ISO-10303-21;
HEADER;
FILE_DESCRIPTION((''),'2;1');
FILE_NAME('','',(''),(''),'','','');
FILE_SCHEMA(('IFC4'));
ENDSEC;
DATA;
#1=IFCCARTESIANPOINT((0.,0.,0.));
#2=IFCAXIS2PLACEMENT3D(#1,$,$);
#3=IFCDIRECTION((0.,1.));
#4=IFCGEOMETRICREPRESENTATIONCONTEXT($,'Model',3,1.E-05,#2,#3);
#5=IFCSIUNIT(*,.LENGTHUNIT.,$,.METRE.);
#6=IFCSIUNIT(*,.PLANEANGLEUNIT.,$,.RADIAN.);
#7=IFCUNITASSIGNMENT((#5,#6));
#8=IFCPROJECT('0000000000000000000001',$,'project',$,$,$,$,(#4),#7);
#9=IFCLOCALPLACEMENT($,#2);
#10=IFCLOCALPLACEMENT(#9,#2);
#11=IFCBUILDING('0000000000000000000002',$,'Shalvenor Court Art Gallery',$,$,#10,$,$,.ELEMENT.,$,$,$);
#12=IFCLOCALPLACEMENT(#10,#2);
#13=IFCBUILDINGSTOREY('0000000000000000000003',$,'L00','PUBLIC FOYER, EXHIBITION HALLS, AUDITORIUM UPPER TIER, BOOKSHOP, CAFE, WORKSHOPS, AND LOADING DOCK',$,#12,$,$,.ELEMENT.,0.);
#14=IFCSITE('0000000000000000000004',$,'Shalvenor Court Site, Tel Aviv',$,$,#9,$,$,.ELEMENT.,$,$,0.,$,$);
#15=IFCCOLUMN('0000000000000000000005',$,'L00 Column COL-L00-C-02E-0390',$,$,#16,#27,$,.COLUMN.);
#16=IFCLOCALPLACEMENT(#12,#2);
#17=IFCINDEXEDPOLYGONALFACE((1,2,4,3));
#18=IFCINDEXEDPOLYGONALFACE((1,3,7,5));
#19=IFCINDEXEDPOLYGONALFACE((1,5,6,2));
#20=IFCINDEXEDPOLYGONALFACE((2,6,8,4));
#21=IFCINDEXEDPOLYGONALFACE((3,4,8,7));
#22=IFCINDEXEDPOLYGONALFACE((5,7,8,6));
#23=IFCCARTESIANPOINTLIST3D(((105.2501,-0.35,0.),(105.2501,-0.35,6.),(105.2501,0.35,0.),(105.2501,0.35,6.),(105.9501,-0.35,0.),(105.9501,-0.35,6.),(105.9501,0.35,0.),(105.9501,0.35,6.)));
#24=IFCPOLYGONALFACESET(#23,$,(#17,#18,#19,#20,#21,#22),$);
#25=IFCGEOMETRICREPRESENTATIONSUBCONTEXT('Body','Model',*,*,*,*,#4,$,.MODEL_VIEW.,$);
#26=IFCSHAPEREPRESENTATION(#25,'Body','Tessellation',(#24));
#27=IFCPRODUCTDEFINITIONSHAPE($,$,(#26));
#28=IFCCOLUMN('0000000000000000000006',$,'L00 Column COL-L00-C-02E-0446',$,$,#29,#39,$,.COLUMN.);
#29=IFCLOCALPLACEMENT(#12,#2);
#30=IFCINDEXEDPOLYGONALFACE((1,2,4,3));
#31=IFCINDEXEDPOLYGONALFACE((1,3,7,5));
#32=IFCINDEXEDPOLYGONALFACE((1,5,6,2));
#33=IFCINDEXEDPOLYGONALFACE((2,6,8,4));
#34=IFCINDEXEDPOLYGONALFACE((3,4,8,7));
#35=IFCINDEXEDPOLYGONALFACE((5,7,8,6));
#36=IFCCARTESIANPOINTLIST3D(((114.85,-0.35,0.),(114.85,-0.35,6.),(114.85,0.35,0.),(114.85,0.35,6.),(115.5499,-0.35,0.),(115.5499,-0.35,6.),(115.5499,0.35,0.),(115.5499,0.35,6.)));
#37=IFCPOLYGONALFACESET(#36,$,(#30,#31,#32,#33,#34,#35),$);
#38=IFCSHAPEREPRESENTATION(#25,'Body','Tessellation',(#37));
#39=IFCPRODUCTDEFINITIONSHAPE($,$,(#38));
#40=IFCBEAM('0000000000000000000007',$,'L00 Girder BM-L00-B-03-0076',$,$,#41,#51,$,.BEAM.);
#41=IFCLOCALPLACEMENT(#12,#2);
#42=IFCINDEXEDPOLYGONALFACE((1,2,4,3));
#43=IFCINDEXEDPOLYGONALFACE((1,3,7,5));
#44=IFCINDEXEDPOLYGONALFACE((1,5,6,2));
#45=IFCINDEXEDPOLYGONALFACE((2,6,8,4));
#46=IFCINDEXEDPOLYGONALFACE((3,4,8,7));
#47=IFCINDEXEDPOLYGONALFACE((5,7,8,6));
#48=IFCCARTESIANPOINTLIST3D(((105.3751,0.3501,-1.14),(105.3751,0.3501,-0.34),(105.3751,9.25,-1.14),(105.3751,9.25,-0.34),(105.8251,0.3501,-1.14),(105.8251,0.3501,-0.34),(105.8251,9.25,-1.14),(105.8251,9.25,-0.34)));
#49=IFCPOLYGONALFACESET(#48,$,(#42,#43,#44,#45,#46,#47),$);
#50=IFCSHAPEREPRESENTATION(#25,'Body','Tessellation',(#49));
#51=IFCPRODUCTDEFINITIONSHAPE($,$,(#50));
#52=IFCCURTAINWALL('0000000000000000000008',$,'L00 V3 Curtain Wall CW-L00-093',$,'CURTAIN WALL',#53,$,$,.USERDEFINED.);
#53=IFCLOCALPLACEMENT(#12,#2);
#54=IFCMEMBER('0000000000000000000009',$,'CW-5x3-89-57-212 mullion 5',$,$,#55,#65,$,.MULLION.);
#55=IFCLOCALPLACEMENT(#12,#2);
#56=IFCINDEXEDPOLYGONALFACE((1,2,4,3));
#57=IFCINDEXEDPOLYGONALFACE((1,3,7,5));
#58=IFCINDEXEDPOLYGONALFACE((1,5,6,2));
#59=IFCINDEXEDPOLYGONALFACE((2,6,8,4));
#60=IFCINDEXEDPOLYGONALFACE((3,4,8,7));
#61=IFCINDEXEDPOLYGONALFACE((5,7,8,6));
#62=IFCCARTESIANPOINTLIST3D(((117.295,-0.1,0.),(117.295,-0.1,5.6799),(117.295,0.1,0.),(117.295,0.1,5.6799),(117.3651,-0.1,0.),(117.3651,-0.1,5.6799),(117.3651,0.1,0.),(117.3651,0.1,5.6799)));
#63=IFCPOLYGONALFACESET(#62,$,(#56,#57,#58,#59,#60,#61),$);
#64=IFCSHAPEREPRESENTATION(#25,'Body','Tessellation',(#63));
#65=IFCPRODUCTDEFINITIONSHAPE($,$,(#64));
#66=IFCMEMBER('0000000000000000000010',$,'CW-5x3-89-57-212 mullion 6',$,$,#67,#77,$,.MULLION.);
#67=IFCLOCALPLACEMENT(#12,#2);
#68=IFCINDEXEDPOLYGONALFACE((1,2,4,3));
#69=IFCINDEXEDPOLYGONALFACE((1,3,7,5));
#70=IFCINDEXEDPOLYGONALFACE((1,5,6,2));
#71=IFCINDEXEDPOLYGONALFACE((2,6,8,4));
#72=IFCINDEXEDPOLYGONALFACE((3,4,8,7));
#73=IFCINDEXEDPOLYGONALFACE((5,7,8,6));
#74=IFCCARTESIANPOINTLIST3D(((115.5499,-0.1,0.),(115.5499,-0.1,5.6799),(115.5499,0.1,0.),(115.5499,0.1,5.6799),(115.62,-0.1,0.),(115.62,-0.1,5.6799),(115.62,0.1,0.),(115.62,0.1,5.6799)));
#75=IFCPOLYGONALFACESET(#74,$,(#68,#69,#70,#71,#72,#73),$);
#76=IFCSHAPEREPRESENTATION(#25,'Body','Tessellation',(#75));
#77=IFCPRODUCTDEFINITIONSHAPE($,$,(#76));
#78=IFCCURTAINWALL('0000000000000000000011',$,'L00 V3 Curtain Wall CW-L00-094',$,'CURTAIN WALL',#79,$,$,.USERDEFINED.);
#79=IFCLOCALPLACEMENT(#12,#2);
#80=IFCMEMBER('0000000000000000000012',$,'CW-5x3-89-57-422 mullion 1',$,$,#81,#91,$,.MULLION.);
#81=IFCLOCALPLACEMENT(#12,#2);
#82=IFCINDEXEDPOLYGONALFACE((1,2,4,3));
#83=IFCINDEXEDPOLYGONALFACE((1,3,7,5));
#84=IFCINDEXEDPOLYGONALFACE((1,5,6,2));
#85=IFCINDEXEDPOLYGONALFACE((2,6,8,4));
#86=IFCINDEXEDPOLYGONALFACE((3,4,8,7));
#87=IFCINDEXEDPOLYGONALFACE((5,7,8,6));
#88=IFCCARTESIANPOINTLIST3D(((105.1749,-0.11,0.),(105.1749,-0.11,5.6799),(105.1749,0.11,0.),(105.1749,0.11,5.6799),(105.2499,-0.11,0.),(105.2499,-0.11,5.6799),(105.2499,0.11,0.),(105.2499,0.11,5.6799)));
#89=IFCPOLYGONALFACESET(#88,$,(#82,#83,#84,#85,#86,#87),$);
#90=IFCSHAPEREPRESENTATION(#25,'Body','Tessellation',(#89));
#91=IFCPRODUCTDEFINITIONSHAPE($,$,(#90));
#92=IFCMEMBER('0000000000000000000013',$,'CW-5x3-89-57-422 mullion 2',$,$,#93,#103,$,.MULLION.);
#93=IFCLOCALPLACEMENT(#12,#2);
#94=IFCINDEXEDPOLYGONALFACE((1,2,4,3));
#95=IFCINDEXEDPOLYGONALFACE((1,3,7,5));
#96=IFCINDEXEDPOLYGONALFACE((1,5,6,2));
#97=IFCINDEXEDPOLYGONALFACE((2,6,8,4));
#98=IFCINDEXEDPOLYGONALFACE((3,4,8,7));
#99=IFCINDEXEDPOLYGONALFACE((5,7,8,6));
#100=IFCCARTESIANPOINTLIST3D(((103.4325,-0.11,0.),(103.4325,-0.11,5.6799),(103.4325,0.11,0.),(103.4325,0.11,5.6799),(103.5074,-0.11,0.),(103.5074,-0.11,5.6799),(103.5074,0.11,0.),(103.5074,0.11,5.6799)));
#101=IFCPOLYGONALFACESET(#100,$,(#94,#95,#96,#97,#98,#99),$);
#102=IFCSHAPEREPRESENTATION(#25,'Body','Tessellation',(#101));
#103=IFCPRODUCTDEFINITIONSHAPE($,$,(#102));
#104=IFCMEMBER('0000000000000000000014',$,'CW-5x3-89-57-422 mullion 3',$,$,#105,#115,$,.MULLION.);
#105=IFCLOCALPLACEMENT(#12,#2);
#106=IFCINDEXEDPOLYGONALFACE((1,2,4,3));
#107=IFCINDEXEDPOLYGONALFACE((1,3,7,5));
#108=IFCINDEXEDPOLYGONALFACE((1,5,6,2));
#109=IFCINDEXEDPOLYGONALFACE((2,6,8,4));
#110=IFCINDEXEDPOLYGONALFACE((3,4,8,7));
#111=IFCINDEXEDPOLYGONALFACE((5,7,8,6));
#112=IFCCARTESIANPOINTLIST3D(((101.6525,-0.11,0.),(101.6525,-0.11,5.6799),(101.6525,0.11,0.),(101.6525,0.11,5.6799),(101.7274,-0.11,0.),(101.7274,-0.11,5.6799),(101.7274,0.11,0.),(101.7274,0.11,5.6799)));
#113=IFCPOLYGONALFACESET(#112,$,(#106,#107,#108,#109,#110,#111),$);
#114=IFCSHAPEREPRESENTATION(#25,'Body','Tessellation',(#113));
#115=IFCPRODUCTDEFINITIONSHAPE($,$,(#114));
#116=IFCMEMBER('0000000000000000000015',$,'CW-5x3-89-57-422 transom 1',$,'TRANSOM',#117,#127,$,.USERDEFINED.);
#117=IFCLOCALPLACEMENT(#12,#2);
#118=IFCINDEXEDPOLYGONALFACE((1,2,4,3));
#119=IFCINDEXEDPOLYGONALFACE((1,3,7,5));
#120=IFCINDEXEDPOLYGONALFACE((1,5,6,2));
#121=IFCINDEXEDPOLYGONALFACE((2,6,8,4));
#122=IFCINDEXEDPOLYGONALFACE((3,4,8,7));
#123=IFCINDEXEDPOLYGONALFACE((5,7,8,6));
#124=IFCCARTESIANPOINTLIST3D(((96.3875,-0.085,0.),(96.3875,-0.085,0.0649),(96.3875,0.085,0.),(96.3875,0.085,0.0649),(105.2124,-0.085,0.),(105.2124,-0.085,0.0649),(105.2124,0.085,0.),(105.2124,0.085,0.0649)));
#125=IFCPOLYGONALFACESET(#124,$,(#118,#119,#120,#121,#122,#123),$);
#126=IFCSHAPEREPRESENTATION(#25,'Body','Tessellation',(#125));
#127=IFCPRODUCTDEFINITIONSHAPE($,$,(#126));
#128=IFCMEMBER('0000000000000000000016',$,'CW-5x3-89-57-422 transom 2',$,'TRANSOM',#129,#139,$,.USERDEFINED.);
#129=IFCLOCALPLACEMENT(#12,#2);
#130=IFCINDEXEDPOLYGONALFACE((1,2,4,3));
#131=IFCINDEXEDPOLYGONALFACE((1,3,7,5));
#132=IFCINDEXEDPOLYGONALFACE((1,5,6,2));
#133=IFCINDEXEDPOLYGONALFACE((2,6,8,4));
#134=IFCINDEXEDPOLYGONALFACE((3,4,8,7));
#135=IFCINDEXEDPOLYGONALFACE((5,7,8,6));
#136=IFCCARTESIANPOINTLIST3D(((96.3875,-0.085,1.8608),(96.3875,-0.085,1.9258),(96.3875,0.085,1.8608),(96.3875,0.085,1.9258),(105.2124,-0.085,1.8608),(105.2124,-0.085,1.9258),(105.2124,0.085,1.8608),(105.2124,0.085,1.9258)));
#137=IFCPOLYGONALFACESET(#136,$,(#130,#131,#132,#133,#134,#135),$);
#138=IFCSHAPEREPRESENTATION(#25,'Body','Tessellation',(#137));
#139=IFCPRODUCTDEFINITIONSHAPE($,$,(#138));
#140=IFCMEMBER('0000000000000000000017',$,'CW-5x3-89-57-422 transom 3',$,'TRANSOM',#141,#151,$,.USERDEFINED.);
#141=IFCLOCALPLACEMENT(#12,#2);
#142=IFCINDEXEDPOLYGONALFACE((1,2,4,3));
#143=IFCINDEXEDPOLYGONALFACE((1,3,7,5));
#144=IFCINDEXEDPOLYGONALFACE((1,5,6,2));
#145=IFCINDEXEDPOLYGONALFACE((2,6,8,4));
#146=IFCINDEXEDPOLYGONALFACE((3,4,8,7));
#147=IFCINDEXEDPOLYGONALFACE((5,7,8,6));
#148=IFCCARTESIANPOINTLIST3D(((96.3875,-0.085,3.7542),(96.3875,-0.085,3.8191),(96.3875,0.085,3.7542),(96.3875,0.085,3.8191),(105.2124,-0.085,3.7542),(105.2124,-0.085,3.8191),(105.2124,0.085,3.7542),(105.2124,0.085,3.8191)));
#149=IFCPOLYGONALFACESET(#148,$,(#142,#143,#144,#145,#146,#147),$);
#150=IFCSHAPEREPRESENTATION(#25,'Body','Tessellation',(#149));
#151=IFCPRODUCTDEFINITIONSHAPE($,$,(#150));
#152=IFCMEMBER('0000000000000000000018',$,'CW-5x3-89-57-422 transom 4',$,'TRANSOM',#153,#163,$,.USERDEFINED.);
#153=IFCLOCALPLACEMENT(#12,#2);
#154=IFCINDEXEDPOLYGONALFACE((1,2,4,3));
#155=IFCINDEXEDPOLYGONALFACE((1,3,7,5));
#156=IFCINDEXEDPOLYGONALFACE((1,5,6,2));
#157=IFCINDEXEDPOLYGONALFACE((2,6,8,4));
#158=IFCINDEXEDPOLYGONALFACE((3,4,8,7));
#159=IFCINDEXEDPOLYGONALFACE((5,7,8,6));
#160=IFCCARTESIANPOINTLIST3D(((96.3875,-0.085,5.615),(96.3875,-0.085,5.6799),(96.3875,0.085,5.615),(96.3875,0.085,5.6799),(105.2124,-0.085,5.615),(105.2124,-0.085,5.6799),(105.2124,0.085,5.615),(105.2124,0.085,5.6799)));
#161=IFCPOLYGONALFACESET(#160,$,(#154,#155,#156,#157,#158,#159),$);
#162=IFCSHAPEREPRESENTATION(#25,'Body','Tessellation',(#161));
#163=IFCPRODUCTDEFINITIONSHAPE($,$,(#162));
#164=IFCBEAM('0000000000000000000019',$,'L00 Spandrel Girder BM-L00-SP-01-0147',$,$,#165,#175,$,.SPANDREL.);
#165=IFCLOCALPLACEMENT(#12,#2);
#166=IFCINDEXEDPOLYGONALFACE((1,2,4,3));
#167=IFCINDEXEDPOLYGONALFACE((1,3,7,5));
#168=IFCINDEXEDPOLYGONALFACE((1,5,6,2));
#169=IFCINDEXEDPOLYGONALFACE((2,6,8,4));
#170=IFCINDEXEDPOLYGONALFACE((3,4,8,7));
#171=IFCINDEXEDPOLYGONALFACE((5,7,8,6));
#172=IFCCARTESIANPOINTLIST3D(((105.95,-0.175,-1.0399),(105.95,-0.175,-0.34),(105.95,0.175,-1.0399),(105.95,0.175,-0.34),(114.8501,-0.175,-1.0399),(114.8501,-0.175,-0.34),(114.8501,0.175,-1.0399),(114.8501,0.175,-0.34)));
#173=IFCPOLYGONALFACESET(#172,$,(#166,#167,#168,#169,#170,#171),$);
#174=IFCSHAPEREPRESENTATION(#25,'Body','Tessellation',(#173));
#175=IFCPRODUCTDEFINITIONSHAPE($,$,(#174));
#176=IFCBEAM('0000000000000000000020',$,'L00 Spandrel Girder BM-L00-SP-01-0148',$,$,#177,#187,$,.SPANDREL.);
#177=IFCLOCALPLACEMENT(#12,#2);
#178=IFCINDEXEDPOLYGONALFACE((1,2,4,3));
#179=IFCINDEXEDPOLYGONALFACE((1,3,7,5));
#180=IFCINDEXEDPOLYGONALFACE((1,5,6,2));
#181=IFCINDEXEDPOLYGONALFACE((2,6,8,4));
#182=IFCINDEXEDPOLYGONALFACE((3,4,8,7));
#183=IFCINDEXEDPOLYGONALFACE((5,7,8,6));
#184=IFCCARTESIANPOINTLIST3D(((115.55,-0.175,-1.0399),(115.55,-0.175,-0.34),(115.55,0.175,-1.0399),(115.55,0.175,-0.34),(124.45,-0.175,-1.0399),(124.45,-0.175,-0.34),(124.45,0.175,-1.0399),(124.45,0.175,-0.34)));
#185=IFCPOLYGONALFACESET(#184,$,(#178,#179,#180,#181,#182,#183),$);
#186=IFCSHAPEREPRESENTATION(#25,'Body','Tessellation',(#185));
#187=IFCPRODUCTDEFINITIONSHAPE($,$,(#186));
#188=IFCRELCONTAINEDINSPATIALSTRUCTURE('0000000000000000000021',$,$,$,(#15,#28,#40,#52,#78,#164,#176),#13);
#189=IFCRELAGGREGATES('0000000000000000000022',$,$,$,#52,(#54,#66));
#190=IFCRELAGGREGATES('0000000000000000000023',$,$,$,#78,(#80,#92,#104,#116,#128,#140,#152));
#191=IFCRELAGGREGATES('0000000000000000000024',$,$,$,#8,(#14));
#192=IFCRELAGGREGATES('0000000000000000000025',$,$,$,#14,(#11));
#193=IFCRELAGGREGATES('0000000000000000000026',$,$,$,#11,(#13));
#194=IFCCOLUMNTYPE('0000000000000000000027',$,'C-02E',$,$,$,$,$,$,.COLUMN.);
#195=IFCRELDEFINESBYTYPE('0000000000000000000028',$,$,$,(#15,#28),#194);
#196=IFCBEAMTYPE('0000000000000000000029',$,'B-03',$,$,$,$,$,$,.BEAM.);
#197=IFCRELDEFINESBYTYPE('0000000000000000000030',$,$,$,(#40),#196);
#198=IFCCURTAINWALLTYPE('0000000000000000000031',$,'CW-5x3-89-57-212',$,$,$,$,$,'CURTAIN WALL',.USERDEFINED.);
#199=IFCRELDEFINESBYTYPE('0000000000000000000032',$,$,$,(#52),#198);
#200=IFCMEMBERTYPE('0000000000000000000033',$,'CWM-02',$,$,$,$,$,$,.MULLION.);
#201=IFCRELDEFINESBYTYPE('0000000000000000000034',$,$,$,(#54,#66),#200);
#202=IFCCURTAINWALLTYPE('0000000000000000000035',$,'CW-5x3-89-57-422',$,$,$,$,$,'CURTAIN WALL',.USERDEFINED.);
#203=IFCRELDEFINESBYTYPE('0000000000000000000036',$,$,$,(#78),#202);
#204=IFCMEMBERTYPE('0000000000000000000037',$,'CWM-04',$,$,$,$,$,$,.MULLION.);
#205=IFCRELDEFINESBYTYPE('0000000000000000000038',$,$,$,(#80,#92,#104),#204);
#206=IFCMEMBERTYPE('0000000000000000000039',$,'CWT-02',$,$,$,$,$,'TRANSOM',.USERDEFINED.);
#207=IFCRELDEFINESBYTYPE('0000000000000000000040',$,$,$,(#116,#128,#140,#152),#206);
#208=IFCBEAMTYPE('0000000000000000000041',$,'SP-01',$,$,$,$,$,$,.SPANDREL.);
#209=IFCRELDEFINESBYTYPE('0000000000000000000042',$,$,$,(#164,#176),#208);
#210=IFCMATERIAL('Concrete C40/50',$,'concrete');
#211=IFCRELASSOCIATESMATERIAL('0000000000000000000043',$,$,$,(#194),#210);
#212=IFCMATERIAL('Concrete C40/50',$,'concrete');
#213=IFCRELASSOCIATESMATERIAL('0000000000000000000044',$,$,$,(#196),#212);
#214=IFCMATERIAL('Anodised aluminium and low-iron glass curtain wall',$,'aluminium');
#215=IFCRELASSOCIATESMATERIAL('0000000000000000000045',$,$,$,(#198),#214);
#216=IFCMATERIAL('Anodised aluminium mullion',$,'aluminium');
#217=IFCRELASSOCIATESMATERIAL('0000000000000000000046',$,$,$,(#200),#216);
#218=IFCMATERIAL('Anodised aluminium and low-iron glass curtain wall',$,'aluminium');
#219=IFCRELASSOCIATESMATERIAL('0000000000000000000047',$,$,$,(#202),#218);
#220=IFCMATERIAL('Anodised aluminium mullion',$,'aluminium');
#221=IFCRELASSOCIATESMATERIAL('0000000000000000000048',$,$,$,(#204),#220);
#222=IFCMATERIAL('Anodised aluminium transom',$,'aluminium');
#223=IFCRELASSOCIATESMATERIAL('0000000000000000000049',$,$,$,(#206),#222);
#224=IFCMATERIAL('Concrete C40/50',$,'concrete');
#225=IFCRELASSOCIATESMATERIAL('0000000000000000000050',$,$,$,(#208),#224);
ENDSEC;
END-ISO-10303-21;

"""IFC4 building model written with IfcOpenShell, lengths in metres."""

from ifc_helpers import new_model, si_unit, direction, frame, origin, origin_2d, place, context, subcontext, project, spatial, rectangle, extrude, material, material_profile, profile_set, type_object, element, aggregate, save


model = new_model("IFC4")

# Units and contexts
model_context = context("Model", 3, precision=1e-05, world=origin(), true_north=direction((0.0, 1.0)))
body_context = subcontext(model_context, "Body", "Model", "MODEL_VIEW")
ifc_project = project(units=[si_unit("LENGTHUNIT", "METRE"), si_unit("PLANEANGLEUNIT", "RADIAN")], contexts=[model_context])

# Site, building, storey
site_placement = place(None, origin())
site = spatial("IfcSite", under=ifc_project, at=site_placement, Name="Shalvenor Court Site, Tel Aviv", CompositionType="ELEMENT", RefElevation=0.0)
building_placement = place(site_placement, origin())
building = spatial("IfcBuilding", under=site, at=building_placement, Name="Shalvenor Court Art Gallery", CompositionType="ELEMENT")
storey_placement = place(building_placement, origin())
storey = spatial("IfcBuildingStorey", under=building, at=storey_placement, Name="L00", Description="PUBLIC FOYER, EXHIBITION HALLS, AUDITORIUM UPPER TIER, BOOKSHOP, CAFE, WORKSHOPS, AND LOADING DOCK", CompositionType="ELEMENT", Elevation=0.0)

# Columns
ifc_material_1 = material(Name="Concrete C40/50", Category="concrete")
ifc_material_profile_1 = material_profile(ifc_material_1, rectangle(XDim=0.7, YDim=0.7, at=origin_2d()), Name="RC 700x700")
ifc_profile_set_1 = profile_set([ifc_material_profile_1], Name="Concrete C40/50")
column_type = type_object("IfcColumnType", Name="C-02E", PredefinedType="COLUMN", material=ifc_profile_set_1)
for number, where, z_axis, x_axis, name in (
    (1, (105.6001, 0.0, 0.0), (0.0, 0.0, 1.0), (1.0, 0.0, 0.0), "L00 Column COL-L00-C-02E-0390"),
    (2, (115.2, 0.0, 0.0), (0.0, 0.0, 1.0), (1.0, 0.0, 0.0), "L00 Column COL-L00-C-02E-0446"),
):
    element("IfcColumn", number, at=place(storey_placement, frame(where, z_axis=z_axis, x_axis=x_axis)), inside=storey, type_object=column_type, Name=name, PredefinedType="COLUMN", context=body_context, shape_type="SweptSolid", body=[
        extrude(rectangle(XDim=0.7, YDim=0.7, at=origin_2d()), origin(), (0.0, 0.0, 1.0), 6.0),
    ])

# Beam
ifc_material_2 = material(Name="Concrete C40/50", Category="concrete")
ifc_material_profile_2 = material_profile(ifc_material_2, rectangle(XDim=0.45, YDim=0.8, at=origin_2d()), Name="RC 450x800")
ifc_profile_set_2 = profile_set([ifc_material_profile_2], Name="Concrete C40/50")
beam_type_1 = type_object("IfcBeamType", Name="B-03", PredefinedType="BEAM", material=ifc_profile_set_2)
beam_1_placement = place(storey_placement, frame((105.6001, 0.3501, -0.74), z_axis=(0.0, 1.0, 0.0), x_axis=(-1.0, 0.0, 0.0)))
element("IfcBeam", 3, at=beam_1_placement, inside=storey, type_object=beam_type_1, Name="L00 Girder BM-L00-B-03-0076", PredefinedType="BEAM", context=body_context, shape_type="SweptSolid", body=[
    extrude(rectangle(XDim=0.45, YDim=0.8, at=origin_2d()), origin(), (0.0, 0.0, 1.0), 8.8999),
])

# Curtain walls, members
ifc_material_3 = material(Name="Anodised aluminium and low-iron glass curtain wall", Category="aluminium")
curtain_wall_type_1 = type_object("IfcCurtainWallType", Name="CW-5x3-89-57-212", ElementType="CURTAIN WALL", PredefinedType="USERDEFINED", material=ifc_material_3)
curtain_wall_1_placement = place(storey_placement, origin())
curtain_wall_1 = element("IfcCurtainWall", 4, at=curtain_wall_1_placement, inside=storey, type_object=curtain_wall_type_1, Name="L00 V3 Curtain Wall CW-L00-093", ObjectType="CURTAIN WALL", PredefinedType="USERDEFINED")
ifc_material_4 = material(Name="Anodised aluminium mullion", Category="aluminium")
ifc_material_profile_3 = material_profile(ifc_material_4, rectangle(XDim=0.0701, YDim=0.2, at=origin_2d()), Name="CWM-02")
ifc_profile_set_3 = profile_set([ifc_material_profile_3], Name="Anodised aluminium mullion")
member_type_1 = type_object("IfcMemberType", Name="CWM-02", PredefinedType="MULLION", material=ifc_profile_set_3)
member_1_placement = place(storey_placement, frame((117.3301, 0.0, 0.0), z_axis=(0.0, 0.0, 1.0), x_axis=(-1.0, 0.0, 0.0)))
member_1 = element("IfcMember", 5, at=member_1_placement, type_object=member_type_1, Name="CW-5x3-89-57-212 mullion 5", PredefinedType="MULLION", context=body_context, shape_type="SweptSolid", body=[
    extrude(rectangle(XDim=0.0701, YDim=0.2, at=origin_2d()), origin(), (0.0, 0.0, 1.0), 5.6799),
])
member_2_placement = place(storey_placement, frame((115.585, 0.0, 0.0), z_axis=(0.0, 0.0, 1.0), x_axis=(-1.0, 0.0, 0.0)))
member_2 = element("IfcMember", 6, at=member_2_placement, type_object=member_type_1, Name="CW-5x3-89-57-212 mullion 6", PredefinedType="MULLION", context=body_context, shape_type="SweptSolid", body=[
    extrude(rectangle(XDim=0.0701, YDim=0.2, at=origin_2d()), origin(), (0.0, 0.0, 1.0), 5.6799),
])
ifc_material_5 = material(Name="Anodised aluminium and low-iron glass curtain wall", Category="aluminium")
curtain_wall_type_2 = type_object("IfcCurtainWallType", Name="CW-5x3-89-57-422", ElementType="CURTAIN WALL", PredefinedType="USERDEFINED", material=ifc_material_5)
curtain_wall_2_placement = place(storey_placement, origin())
curtain_wall_2 = element("IfcCurtainWall", 7, at=curtain_wall_2_placement, inside=storey, type_object=curtain_wall_type_2, Name="L00 V3 Curtain Wall CW-L00-094", ObjectType="CURTAIN WALL", PredefinedType="USERDEFINED")
ifc_material_6 = material(Name="Anodised aluminium mullion", Category="aluminium")
ifc_material_profile_4 = material_profile(ifc_material_6, rectangle(XDim=0.075, YDim=0.22, at=origin_2d()), Name="CWM-04")
ifc_profile_set_4 = profile_set([ifc_material_profile_4], Name="Anodised aluminium mullion")
member_type_2 = type_object("IfcMemberType", Name="CWM-04", PredefinedType="MULLION", material=ifc_profile_set_4)
member_3_placement = place(storey_placement, frame((105.2124, 0.0, 0.0), z_axis=(0.0, 0.0, 1.0), x_axis=(-1.0, 0.0, 0.0)))
member_3 = element("IfcMember", 8, at=member_3_placement, type_object=member_type_2, Name="CW-5x3-89-57-422 mullion 1", PredefinedType="MULLION", context=body_context, shape_type="SweptSolid", body=[
    extrude(rectangle(XDim=0.075, YDim=0.22, at=origin_2d()), origin(), (0.0, 0.0, 1.0), 5.6799),
])
member_4_placement = place(storey_placement, frame((103.47, 0.0, 0.0), z_axis=(0.0, 0.0, 1.0), x_axis=(-1.0, 0.0, 0.0)))
member_4 = element("IfcMember", 9, at=member_4_placement, type_object=member_type_2, Name="CW-5x3-89-57-422 mullion 2", PredefinedType="MULLION", context=body_context, shape_type="SweptSolid", body=[
    extrude(rectangle(XDim=0.075, YDim=0.22, at=origin_2d()), origin(), (0.0, 0.0, 1.0), 5.6799),
])
member_5_placement = place(storey_placement, frame((101.6899, 0.0, 0.0), z_axis=(0.0, 0.0, 1.0), x_axis=(-1.0, 0.0, 0.0)))
member_5 = element("IfcMember", 10, at=member_5_placement, type_object=member_type_2, Name="CW-5x3-89-57-422 mullion 3", PredefinedType="MULLION", context=body_context, shape_type="SweptSolid", body=[
    extrude(rectangle(XDim=0.075, YDim=0.22, at=origin_2d()), origin(), (0.0, 0.0, 1.0), 5.6799),
])
ifc_material_7 = material(Name="Anodised aluminium transom", Category="aluminium")
ifc_material_profile_5 = material_profile(ifc_material_7, rectangle(XDim=0.1699, YDim=0.0649, at=origin_2d()), Name="CWT-02")
ifc_profile_set_5 = profile_set([ifc_material_profile_5], Name="Anodised aluminium transom")
member_type_3 = type_object("IfcMemberType", Name="CWT-02", ElementType="TRANSOM", PredefinedType="USERDEFINED", material=ifc_profile_set_5)
member_6_placement = place(storey_placement, frame((105.2124, 0.0, 0.0325), z_axis=(-1.0, 0.0, 0.0), x_axis=(0.0, -1.0, 0.0)))
member_6 = element("IfcMember", 11, at=member_6_placement, type_object=member_type_3, Name="CW-5x3-89-57-422 transom 1", ObjectType="TRANSOM", PredefinedType="USERDEFINED", context=body_context, shape_type="SweptSolid", body=[
    extrude(rectangle(XDim=0.1699, YDim=0.0649, at=origin_2d()), origin(), (0.0, 0.0, 1.0), 8.825),
])
member_7_placement = place(storey_placement, frame((105.2124, 0.0, 1.8933), z_axis=(-1.0, 0.0, 0.0), x_axis=(0.0, -1.0, 0.0)))
member_7 = element("IfcMember", 12, at=member_7_placement, type_object=member_type_3, Name="CW-5x3-89-57-422 transom 2", ObjectType="TRANSOM", PredefinedType="USERDEFINED", context=body_context, shape_type="SweptSolid", body=[
    extrude(rectangle(XDim=0.1699, YDim=0.0649, at=origin_2d()), origin(), (0.0, 0.0, 1.0), 8.825),
])
member_8_placement = place(storey_placement, frame((105.2124, 0.0, 3.7866), z_axis=(-1.0, 0.0, 0.0), x_axis=(0.0, -1.0, 0.0)))
member_8 = element("IfcMember", 13, at=member_8_placement, type_object=member_type_3, Name="CW-5x3-89-57-422 transom 3", ObjectType="TRANSOM", PredefinedType="USERDEFINED", context=body_context, shape_type="SweptSolid", body=[
    extrude(rectangle(XDim=0.1699, YDim=0.0649, at=origin_2d()), origin(), (0.0, 0.0, 1.0), 8.825),
])
member_9_placement = place(storey_placement, frame((105.2124, 0.0, 5.6475), z_axis=(-1.0, 0.0, 0.0), x_axis=(0.0, -1.0, 0.0)))
member_9 = element("IfcMember", 14, at=member_9_placement, type_object=member_type_3, Name="CW-5x3-89-57-422 transom 4", ObjectType="TRANSOM", PredefinedType="USERDEFINED", context=body_context, shape_type="SweptSolid", body=[
    extrude(rectangle(XDim=0.1699, YDim=0.0649, at=origin_2d()), origin(), (0.0, 0.0, 1.0), 8.825),
])

# Beams
ifc_material_8 = material(Name="Concrete C40/50", Category="concrete")
ifc_material_profile_6 = material_profile(ifc_material_8, rectangle(XDim=0.3501, YDim=0.7, at=origin_2d()), Name="RC 350x700")
ifc_profile_set_6 = profile_set([ifc_material_profile_6], Name="Concrete C40/50")
beam_type_2 = type_object("IfcBeamType", Name="SP-01", PredefinedType="SPANDREL", material=ifc_profile_set_6)
beam_2_placement = place(storey_placement, frame((105.95, 0.0, -0.6899), z_axis=(1.0, 0.0, 0.0), x_axis=(0.0, 1.0, 0.0)))
element("IfcBeam", 15, at=beam_2_placement, inside=storey, type_object=beam_type_2, Name="L00 Spandrel Girder BM-L00-SP-01-0147", PredefinedType="SPANDREL", context=body_context, shape_type="SweptSolid", body=[
    extrude(rectangle(XDim=0.3501, YDim=0.7, at=origin_2d()), origin(), (0.0, 0.0, 1.0), 8.9001),
])
beam_3_placement = place(storey_placement, frame((115.55, 0.0, -0.6899), z_axis=(1.0, 0.0, 0.0), x_axis=(0.0, 1.0, 0.0)))
element("IfcBeam", 16, at=beam_3_placement, inside=storey, type_object=beam_type_2, Name="L00 Spandrel Girder BM-L00-SP-01-0148", PredefinedType="SPANDREL", context=body_context, shape_type="SweptSolid", body=[
    extrude(rectangle(XDim=0.3501, YDim=0.7, at=origin_2d()), origin(), (0.0, 0.0, 1.0), 8.8999),
])

aggregate(curtain_wall_1, [member_1, member_2])
aggregate(curtain_wall_2, [member_3, member_4, member_5, member_6, member_7, member_8, member_9])

save(model, "model.ifc")
